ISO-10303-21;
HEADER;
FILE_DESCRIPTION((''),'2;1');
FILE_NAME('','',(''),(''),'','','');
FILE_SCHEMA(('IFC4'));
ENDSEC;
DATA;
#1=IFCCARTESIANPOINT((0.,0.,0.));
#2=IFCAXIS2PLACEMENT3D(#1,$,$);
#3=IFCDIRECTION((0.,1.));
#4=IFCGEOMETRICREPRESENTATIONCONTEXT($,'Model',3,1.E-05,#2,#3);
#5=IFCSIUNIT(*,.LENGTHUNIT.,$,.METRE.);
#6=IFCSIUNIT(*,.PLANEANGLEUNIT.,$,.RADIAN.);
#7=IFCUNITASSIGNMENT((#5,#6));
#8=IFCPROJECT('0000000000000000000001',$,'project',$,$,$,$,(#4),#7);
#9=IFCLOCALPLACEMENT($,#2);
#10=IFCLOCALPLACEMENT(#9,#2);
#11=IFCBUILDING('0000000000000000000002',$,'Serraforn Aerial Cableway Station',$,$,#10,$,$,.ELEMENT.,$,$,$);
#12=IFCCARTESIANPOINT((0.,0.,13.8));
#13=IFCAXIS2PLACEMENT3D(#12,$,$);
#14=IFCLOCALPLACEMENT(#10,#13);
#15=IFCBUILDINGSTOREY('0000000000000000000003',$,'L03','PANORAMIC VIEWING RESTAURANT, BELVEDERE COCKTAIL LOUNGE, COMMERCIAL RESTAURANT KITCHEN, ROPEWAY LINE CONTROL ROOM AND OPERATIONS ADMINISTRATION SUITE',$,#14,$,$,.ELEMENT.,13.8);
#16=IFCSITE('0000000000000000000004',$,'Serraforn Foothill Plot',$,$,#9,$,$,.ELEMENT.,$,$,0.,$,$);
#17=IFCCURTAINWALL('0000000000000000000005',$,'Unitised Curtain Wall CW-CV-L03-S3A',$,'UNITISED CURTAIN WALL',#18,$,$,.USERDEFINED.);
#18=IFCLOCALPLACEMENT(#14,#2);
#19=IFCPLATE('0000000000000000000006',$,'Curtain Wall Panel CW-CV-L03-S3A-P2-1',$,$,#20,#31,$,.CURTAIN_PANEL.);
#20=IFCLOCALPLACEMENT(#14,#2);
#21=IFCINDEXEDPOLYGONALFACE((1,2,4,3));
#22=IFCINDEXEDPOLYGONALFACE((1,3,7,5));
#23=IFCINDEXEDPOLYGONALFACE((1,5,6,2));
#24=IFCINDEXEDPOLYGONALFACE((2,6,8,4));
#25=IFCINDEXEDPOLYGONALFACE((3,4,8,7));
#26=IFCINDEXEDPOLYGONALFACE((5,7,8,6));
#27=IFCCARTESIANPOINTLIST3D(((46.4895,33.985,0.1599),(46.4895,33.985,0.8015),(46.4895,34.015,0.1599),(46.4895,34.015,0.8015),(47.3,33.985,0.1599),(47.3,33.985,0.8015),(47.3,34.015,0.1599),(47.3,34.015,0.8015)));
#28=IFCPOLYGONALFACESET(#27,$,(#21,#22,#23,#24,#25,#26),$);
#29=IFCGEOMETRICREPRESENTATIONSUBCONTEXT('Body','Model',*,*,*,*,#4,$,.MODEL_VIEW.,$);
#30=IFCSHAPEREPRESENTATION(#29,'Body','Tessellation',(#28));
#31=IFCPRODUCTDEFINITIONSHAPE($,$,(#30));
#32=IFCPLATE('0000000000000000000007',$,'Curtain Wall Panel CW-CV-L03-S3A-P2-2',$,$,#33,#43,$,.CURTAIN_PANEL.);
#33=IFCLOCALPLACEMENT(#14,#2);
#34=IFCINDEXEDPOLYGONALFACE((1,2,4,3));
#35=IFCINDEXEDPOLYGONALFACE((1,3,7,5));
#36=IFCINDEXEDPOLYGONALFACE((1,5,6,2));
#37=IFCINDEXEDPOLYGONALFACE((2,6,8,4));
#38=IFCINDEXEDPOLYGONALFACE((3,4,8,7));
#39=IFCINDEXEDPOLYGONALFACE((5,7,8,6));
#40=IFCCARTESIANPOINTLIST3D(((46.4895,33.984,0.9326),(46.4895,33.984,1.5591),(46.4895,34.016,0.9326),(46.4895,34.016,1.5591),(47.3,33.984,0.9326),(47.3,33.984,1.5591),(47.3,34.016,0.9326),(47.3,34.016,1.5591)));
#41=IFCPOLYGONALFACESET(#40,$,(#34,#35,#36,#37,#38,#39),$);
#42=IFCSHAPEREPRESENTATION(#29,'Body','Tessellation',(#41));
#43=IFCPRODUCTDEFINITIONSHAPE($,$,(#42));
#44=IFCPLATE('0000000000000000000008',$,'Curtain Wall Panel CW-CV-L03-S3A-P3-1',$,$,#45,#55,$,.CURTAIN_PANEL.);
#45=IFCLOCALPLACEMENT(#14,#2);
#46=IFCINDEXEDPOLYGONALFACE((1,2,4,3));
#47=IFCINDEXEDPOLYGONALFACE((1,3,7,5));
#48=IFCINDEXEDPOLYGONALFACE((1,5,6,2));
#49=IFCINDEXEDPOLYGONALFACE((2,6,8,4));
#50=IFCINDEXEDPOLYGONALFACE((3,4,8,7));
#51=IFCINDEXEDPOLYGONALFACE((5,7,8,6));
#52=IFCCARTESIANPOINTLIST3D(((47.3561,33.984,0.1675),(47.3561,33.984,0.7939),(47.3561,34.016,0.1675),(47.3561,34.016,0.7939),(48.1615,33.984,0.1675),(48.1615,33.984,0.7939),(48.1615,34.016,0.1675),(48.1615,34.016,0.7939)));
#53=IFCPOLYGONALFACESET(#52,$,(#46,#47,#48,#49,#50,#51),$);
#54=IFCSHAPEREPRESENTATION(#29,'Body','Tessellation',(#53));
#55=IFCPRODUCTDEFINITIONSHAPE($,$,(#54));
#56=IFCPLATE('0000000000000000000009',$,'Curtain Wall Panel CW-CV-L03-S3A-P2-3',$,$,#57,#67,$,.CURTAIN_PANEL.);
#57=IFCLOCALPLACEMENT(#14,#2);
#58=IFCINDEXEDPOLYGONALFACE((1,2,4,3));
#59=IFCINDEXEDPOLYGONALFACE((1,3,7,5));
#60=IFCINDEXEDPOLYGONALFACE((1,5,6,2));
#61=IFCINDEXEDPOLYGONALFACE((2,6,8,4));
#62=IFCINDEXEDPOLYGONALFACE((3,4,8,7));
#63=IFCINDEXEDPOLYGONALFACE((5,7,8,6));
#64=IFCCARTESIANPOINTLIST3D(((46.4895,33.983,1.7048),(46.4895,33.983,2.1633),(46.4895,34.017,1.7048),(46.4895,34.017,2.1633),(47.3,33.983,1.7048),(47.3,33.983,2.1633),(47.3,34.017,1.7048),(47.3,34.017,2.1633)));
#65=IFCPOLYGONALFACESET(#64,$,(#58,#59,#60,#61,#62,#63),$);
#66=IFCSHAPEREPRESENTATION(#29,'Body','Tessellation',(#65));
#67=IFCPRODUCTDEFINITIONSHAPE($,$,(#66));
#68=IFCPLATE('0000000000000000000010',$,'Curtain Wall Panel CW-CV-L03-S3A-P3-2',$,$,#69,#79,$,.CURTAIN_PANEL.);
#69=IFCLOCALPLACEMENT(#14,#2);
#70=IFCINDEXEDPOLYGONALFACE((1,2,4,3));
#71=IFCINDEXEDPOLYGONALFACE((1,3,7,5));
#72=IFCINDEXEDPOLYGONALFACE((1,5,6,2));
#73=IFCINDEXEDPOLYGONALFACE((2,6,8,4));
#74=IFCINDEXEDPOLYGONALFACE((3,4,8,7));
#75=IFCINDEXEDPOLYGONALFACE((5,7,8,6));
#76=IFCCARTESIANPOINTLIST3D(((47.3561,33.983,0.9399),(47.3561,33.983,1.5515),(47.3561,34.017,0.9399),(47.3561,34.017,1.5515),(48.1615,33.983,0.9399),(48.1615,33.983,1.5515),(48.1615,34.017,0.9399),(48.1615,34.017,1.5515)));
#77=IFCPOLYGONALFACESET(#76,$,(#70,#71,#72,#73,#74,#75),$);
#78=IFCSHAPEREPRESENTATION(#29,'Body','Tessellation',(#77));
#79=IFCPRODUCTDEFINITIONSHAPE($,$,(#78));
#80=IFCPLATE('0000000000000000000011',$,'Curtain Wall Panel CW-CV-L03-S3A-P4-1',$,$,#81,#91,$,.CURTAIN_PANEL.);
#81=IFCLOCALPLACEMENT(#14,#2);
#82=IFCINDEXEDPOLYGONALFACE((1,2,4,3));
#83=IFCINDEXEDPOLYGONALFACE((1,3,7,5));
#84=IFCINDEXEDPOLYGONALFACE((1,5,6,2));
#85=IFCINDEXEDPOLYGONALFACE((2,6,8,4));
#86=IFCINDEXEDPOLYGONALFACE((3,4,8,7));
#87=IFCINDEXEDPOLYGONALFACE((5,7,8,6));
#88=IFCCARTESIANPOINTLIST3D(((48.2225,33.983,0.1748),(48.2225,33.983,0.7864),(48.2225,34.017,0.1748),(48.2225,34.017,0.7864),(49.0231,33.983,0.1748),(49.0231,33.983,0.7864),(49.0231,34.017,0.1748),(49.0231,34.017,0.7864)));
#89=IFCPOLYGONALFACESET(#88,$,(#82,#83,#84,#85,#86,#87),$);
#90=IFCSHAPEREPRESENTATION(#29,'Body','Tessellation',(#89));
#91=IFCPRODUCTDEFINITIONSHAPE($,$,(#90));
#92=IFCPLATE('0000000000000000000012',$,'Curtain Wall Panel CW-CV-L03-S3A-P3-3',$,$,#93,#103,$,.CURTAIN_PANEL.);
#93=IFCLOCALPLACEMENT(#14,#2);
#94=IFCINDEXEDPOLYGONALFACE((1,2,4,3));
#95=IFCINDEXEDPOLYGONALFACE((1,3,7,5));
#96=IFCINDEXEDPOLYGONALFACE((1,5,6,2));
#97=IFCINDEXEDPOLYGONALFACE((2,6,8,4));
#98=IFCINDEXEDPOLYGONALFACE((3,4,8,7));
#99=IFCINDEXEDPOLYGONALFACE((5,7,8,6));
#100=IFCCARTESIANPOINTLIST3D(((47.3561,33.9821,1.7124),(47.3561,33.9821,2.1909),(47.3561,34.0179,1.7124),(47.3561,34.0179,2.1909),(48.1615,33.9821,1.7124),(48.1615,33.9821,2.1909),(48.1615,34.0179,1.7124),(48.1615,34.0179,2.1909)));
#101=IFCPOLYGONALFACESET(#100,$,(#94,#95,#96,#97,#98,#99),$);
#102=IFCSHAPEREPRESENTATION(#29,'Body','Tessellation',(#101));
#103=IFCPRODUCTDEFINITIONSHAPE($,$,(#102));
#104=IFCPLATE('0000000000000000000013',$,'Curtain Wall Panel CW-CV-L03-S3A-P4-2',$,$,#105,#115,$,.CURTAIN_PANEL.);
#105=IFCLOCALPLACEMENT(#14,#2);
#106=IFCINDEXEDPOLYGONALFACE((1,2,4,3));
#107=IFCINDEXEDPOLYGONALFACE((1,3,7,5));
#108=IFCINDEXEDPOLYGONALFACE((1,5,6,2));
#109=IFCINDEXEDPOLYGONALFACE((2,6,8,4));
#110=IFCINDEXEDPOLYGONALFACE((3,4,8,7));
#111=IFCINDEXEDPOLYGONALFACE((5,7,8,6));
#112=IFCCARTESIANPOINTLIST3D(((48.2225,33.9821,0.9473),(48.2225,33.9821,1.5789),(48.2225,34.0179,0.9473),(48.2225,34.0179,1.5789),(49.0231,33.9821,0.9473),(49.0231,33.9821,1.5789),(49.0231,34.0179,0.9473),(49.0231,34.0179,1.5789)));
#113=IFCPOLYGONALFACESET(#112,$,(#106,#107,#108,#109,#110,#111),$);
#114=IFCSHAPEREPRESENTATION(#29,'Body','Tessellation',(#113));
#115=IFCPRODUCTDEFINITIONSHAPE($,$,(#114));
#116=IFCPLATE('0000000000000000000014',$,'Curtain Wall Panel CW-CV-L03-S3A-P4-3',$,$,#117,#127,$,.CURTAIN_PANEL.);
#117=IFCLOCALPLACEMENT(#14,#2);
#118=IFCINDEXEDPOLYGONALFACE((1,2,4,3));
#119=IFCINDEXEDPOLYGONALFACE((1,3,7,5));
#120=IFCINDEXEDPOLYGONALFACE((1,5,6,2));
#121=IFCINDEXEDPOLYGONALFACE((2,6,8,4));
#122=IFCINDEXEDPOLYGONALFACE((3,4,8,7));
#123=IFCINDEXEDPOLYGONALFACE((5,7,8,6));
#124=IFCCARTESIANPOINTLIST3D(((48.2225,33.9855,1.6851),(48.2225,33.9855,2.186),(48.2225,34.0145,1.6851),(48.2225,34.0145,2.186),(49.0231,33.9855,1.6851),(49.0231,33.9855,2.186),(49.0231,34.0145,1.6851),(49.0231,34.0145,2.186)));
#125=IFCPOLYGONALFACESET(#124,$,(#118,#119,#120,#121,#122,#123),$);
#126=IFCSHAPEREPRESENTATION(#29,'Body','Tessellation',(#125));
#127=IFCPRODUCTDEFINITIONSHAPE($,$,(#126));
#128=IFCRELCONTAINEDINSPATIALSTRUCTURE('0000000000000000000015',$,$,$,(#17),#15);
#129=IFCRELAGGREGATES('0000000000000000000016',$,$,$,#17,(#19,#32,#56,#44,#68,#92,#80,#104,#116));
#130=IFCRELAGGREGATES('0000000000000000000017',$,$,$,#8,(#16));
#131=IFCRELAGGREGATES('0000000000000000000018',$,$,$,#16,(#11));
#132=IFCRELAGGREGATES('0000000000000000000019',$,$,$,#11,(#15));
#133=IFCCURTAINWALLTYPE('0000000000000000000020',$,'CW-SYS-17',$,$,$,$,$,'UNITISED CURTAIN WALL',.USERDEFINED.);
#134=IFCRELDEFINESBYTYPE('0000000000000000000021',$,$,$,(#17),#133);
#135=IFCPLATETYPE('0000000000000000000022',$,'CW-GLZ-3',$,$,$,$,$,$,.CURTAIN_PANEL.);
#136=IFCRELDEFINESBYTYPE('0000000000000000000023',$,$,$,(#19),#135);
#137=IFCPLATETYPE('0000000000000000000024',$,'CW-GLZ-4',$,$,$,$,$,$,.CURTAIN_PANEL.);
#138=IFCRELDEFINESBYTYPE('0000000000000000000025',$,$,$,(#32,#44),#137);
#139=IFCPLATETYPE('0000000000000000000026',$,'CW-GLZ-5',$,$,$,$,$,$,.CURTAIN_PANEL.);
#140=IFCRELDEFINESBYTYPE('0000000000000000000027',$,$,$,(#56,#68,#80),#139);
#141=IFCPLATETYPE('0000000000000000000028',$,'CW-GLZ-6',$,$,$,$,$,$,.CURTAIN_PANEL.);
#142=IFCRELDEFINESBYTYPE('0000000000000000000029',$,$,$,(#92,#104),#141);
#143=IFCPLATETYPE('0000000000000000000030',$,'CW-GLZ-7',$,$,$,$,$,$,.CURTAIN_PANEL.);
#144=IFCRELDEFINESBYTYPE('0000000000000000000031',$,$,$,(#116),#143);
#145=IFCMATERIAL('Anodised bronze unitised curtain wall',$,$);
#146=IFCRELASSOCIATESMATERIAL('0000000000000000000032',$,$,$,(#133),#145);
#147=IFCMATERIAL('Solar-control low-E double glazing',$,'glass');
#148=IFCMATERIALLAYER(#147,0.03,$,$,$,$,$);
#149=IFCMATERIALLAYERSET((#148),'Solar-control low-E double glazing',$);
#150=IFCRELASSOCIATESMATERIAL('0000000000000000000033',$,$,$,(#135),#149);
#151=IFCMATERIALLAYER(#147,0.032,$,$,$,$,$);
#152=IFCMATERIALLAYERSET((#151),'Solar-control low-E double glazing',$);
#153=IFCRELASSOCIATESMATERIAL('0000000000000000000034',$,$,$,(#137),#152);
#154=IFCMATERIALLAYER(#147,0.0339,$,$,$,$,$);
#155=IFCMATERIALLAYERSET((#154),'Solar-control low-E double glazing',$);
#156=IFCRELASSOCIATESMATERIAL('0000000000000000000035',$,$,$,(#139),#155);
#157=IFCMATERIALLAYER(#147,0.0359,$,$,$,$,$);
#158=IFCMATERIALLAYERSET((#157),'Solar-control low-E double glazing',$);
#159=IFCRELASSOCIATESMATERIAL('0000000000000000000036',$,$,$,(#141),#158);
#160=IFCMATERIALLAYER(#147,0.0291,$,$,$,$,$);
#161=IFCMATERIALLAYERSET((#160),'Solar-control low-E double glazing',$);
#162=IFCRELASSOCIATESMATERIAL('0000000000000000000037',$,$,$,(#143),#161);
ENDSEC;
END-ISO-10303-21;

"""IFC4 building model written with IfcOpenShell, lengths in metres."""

from ifc_helpers import new_model, si_unit, direction, frame, origin, origin_2d, place, context, subcontext, project, spatial, rectangle, extrude, material, layer, layer_set, type_object, element, aggregate, save


model = new_model("IFC4")

# Units and contexts
model_context = context("Model", 3, precision=1e-05, world=origin(), true_north=direction((0.0, 1.0)))
body_context = subcontext(model_context, "Body", "Model", "MODEL_VIEW")
ifc_project = project(units=[si_unit("LENGTHUNIT", "METRE"), si_unit("PLANEANGLEUNIT", "RADIAN")], contexts=[model_context])

# Site, building, storey
site_placement = place(None, origin())
site = spatial("IfcSite", under=ifc_project, at=site_placement, Name="Serraforn Foothill Plot", CompositionType="ELEMENT", RefElevation=0.0)
building_placement = place(site_placement, origin())
building = spatial("IfcBuilding", under=site, at=building_placement, Name="Serraforn Aerial Cableway Station", CompositionType="ELEMENT")
storey_placement = place(building_placement, frame((0.0, 0.0, 13.8)))
storey = spatial("IfcBuildingStorey", under=building, at=storey_placement, Name="L03", Description="PANORAMIC VIEWING RESTAURANT, BELVEDERE COCKTAIL LOUNGE, COMMERCIAL RESTAURANT KITCHEN, ROPEWAY LINE CONTROL ROOM AND OPERATIONS ADMINISTRATION SUITE", CompositionType="ELEMENT", Elevation=13.8)

# Curtain wall, plates
ifc_material_1 = material(Name="Anodised bronze unitised curtain wall")
curtain_wall_type = type_object("IfcCurtainWallType", Name="CW-SYS-17", ElementType="UNITISED CURTAIN WALL", PredefinedType="USERDEFINED", material=ifc_material_1)
curtain_wall_placement = place(storey_placement, origin())
curtain_wall = element("IfcCurtainWall", 1, at=curtain_wall_placement, inside=storey, type_object=curtain_wall_type, Name="Unitised Curtain Wall CW-CV-L03-S3A", ObjectType="UNITISED CURTAIN WALL", PredefinedType="USERDEFINED")
ifc_material_2 = material(Name="Solar-control low-E double glazing", Category="glass")
ifc_layer_1 = layer(ifc_material_2, 0.03)
ifc_layer_set_1 = layer_set([ifc_layer_1], Name="Solar-control low-E double glazing")
plate_type_1 = type_object("IfcPlateType", Name="CW-GLZ-3", PredefinedType="CURTAIN_PANEL", material=ifc_layer_set_1)
plate_1_placement = place(storey_placement, frame((46.8948, 34.0, 0.1599), z_axis=(0.0, 0.0, 1.0), x_axis=(1.0, 0.0, 0.0)))
plate_1 = element("IfcPlate", 2, at=plate_1_placement, type_object=plate_type_1, Name="Curtain Wall Panel CW-CV-L03-S3A-P2-1", PredefinedType="CURTAIN_PANEL", context=body_context, shape_type="SweptSolid", body=[
    extrude(rectangle(XDim=0.8105, YDim=0.03, at=origin_2d()), origin(), (0.0, 0.0, 1.0), 0.6416),
])
ifc_layer_2 = layer(ifc_material_2, 0.032)
ifc_layer_set_2 = layer_set([ifc_layer_2], Name="Solar-control low-E double glazing")
plate_type_2 = type_object("IfcPlateType", Name="CW-GLZ-4", PredefinedType="CURTAIN_PANEL", material=ifc_layer_set_2)
plate_2_placement = place(storey_placement, frame((46.8948, 34.0, 0.9326), z_axis=(0.0, 0.0, 1.0), x_axis=(1.0, 0.0, 0.0)))
plate_2 = element("IfcPlate", 3, at=plate_2_placement, type_object=plate_type_2, Name="Curtain Wall Panel CW-CV-L03-S3A-P2-2", PredefinedType="CURTAIN_PANEL", context=body_context, shape_type="SweptSolid", body=[
    extrude(rectangle(XDim=0.8105, YDim=0.032, at=origin_2d()), origin(), (0.0, 0.0, 1.0), 0.6265),
])
plate_3_placement = place(storey_placement, frame((47.7588, 34.0, 0.1675), z_axis=(0.0, 0.0, 1.0), x_axis=(1.0, 0.0, 0.0)))
plate_3 = element("IfcPlate", 4, at=plate_3_placement, type_object=plate_type_2, Name="Curtain Wall Panel CW-CV-L03-S3A-P3-1", PredefinedType="CURTAIN_PANEL", context=body_context, shape_type="SweptSolid", body=[
    extrude(rectangle(XDim=0.8054, YDim=0.032, at=origin_2d()), origin(), (0.0, 0.0, 1.0), 0.6265),
])
ifc_layer_3 = layer(ifc_material_2, 0.0339)
ifc_layer_set_3 = layer_set([ifc_layer_3], Name="Solar-control low-E double glazing")
plate_type_3 = type_object("IfcPlateType", Name="CW-GLZ-5", PredefinedType="CURTAIN_PANEL", material=ifc_layer_set_3)
plate_4_placement = place(storey_placement, frame((46.8948, 34.0, 1.7048), z_axis=(0.0, 0.0, 1.0), x_axis=(1.0, 0.0, 0.0)))
plate_4 = element("IfcPlate", 5, at=plate_4_placement, type_object=plate_type_3, Name="Curtain Wall Panel CW-CV-L03-S3A-P2-3", PredefinedType="CURTAIN_PANEL", context=body_context, shape_type="SweptSolid", body=[
    extrude(rectangle(XDim=0.8105, YDim=0.0339, at=origin_2d()), origin(), (0.0, 0.0, 1.0), 0.4585),
])
plate_5_placement = place(storey_placement, frame((47.7588, 34.0, 0.9399), z_axis=(0.0, 0.0, 1.0), x_axis=(1.0, 0.0, 0.0)))
plate_5 = element("IfcPlate", 6, at=plate_5_placement, type_object=plate_type_3, Name="Curtain Wall Panel CW-CV-L03-S3A-P3-2", PredefinedType="CURTAIN_PANEL", context=body_context, shape_type="SweptSolid", body=[
    extrude(rectangle(XDim=0.8054, YDim=0.0339, at=origin_2d()), origin(), (0.0, 0.0, 1.0), 0.6116),
])
plate_6_placement = place(storey_placement, frame((48.6228, 34.0, 0.1748), z_axis=(0.0, 0.0, 1.0), x_axis=(1.0, 0.0, 0.0)))
plate_6 = element("IfcPlate", 7, at=plate_6_placement, type_object=plate_type_3, Name="Curtain Wall Panel CW-CV-L03-S3A-P4-1", PredefinedType="CURTAIN_PANEL", context=body_context, shape_type="SweptSolid", body=[
    extrude(rectangle(XDim=0.8005, YDim=0.0339, at=origin_2d()), origin(), (0.0, 0.0, 1.0), 0.6116),
])
ifc_layer_4 = layer(ifc_material_2, 0.0359)
ifc_layer_set_4 = layer_set([ifc_layer_4], Name="Solar-control low-E double glazing")
plate_type_4 = type_object("IfcPlateType", Name="CW-GLZ-6", PredefinedType="CURTAIN_PANEL", material=ifc_layer_set_4)
plate_7_placement = place(storey_placement, frame((47.7588, 34.0, 1.7124), z_axis=(0.0, 0.0, 1.0), x_axis=(1.0, 0.0, 0.0)))
plate_7 = element("IfcPlate", 8, at=plate_7_placement, type_object=plate_type_4, Name="Curtain Wall Panel CW-CV-L03-S3A-P3-3", PredefinedType="CURTAIN_PANEL", context=body_context, shape_type="SweptSolid", body=[
    extrude(rectangle(XDim=0.8054, YDim=0.0359, at=origin_2d()), origin(), (0.0, 0.0, 1.0), 0.4785),
])
plate_8_placement = place(storey_placement, frame((48.6228, 34.0, 0.9473), z_axis=(0.0, 0.0, 1.0), x_axis=(1.0, 0.0, 0.0)))
plate_8 = element("IfcPlate", 9, at=plate_8_placement, type_object=plate_type_4, Name="Curtain Wall Panel CW-CV-L03-S3A-P4-2", PredefinedType="CURTAIN_PANEL", context=body_context, shape_type="SweptSolid", body=[
    extrude(rectangle(XDim=0.8005, YDim=0.0359, at=origin_2d()), origin(), (0.0, 0.0, 1.0), 0.6316),
])
ifc_layer_5 = layer(ifc_material_2, 0.0291)
ifc_layer_set_5 = layer_set([ifc_layer_5], Name="Solar-control low-E double glazing")
plate_type_5 = type_object("IfcPlateType", Name="CW-GLZ-7", PredefinedType="CURTAIN_PANEL", material=ifc_layer_set_5)
plate_9_placement = place(storey_placement, frame((48.6228, 34.0, 1.6851), z_axis=(0.0, 0.0, 1.0), x_axis=(1.0, 0.0, 0.0)))
plate_9 = element("IfcPlate", 10, at=plate_9_placement, type_object=plate_type_5, Name="Curtain Wall Panel CW-CV-L03-S3A-P4-3", PredefinedType="CURTAIN_PANEL", context=body_context, shape_type="SweptSolid", body=[
    extrude(rectangle(XDim=0.8005, YDim=0.0291, at=origin_2d()), origin(), (0.0, 0.0, 1.0), 0.501),
])
aggregate(curtain_wall, [plate_1, plate_2, plate_4, plate_3, plate_5, plate_7, plate_6, plate_8, plate_9])

save(model, "model.ifc")
